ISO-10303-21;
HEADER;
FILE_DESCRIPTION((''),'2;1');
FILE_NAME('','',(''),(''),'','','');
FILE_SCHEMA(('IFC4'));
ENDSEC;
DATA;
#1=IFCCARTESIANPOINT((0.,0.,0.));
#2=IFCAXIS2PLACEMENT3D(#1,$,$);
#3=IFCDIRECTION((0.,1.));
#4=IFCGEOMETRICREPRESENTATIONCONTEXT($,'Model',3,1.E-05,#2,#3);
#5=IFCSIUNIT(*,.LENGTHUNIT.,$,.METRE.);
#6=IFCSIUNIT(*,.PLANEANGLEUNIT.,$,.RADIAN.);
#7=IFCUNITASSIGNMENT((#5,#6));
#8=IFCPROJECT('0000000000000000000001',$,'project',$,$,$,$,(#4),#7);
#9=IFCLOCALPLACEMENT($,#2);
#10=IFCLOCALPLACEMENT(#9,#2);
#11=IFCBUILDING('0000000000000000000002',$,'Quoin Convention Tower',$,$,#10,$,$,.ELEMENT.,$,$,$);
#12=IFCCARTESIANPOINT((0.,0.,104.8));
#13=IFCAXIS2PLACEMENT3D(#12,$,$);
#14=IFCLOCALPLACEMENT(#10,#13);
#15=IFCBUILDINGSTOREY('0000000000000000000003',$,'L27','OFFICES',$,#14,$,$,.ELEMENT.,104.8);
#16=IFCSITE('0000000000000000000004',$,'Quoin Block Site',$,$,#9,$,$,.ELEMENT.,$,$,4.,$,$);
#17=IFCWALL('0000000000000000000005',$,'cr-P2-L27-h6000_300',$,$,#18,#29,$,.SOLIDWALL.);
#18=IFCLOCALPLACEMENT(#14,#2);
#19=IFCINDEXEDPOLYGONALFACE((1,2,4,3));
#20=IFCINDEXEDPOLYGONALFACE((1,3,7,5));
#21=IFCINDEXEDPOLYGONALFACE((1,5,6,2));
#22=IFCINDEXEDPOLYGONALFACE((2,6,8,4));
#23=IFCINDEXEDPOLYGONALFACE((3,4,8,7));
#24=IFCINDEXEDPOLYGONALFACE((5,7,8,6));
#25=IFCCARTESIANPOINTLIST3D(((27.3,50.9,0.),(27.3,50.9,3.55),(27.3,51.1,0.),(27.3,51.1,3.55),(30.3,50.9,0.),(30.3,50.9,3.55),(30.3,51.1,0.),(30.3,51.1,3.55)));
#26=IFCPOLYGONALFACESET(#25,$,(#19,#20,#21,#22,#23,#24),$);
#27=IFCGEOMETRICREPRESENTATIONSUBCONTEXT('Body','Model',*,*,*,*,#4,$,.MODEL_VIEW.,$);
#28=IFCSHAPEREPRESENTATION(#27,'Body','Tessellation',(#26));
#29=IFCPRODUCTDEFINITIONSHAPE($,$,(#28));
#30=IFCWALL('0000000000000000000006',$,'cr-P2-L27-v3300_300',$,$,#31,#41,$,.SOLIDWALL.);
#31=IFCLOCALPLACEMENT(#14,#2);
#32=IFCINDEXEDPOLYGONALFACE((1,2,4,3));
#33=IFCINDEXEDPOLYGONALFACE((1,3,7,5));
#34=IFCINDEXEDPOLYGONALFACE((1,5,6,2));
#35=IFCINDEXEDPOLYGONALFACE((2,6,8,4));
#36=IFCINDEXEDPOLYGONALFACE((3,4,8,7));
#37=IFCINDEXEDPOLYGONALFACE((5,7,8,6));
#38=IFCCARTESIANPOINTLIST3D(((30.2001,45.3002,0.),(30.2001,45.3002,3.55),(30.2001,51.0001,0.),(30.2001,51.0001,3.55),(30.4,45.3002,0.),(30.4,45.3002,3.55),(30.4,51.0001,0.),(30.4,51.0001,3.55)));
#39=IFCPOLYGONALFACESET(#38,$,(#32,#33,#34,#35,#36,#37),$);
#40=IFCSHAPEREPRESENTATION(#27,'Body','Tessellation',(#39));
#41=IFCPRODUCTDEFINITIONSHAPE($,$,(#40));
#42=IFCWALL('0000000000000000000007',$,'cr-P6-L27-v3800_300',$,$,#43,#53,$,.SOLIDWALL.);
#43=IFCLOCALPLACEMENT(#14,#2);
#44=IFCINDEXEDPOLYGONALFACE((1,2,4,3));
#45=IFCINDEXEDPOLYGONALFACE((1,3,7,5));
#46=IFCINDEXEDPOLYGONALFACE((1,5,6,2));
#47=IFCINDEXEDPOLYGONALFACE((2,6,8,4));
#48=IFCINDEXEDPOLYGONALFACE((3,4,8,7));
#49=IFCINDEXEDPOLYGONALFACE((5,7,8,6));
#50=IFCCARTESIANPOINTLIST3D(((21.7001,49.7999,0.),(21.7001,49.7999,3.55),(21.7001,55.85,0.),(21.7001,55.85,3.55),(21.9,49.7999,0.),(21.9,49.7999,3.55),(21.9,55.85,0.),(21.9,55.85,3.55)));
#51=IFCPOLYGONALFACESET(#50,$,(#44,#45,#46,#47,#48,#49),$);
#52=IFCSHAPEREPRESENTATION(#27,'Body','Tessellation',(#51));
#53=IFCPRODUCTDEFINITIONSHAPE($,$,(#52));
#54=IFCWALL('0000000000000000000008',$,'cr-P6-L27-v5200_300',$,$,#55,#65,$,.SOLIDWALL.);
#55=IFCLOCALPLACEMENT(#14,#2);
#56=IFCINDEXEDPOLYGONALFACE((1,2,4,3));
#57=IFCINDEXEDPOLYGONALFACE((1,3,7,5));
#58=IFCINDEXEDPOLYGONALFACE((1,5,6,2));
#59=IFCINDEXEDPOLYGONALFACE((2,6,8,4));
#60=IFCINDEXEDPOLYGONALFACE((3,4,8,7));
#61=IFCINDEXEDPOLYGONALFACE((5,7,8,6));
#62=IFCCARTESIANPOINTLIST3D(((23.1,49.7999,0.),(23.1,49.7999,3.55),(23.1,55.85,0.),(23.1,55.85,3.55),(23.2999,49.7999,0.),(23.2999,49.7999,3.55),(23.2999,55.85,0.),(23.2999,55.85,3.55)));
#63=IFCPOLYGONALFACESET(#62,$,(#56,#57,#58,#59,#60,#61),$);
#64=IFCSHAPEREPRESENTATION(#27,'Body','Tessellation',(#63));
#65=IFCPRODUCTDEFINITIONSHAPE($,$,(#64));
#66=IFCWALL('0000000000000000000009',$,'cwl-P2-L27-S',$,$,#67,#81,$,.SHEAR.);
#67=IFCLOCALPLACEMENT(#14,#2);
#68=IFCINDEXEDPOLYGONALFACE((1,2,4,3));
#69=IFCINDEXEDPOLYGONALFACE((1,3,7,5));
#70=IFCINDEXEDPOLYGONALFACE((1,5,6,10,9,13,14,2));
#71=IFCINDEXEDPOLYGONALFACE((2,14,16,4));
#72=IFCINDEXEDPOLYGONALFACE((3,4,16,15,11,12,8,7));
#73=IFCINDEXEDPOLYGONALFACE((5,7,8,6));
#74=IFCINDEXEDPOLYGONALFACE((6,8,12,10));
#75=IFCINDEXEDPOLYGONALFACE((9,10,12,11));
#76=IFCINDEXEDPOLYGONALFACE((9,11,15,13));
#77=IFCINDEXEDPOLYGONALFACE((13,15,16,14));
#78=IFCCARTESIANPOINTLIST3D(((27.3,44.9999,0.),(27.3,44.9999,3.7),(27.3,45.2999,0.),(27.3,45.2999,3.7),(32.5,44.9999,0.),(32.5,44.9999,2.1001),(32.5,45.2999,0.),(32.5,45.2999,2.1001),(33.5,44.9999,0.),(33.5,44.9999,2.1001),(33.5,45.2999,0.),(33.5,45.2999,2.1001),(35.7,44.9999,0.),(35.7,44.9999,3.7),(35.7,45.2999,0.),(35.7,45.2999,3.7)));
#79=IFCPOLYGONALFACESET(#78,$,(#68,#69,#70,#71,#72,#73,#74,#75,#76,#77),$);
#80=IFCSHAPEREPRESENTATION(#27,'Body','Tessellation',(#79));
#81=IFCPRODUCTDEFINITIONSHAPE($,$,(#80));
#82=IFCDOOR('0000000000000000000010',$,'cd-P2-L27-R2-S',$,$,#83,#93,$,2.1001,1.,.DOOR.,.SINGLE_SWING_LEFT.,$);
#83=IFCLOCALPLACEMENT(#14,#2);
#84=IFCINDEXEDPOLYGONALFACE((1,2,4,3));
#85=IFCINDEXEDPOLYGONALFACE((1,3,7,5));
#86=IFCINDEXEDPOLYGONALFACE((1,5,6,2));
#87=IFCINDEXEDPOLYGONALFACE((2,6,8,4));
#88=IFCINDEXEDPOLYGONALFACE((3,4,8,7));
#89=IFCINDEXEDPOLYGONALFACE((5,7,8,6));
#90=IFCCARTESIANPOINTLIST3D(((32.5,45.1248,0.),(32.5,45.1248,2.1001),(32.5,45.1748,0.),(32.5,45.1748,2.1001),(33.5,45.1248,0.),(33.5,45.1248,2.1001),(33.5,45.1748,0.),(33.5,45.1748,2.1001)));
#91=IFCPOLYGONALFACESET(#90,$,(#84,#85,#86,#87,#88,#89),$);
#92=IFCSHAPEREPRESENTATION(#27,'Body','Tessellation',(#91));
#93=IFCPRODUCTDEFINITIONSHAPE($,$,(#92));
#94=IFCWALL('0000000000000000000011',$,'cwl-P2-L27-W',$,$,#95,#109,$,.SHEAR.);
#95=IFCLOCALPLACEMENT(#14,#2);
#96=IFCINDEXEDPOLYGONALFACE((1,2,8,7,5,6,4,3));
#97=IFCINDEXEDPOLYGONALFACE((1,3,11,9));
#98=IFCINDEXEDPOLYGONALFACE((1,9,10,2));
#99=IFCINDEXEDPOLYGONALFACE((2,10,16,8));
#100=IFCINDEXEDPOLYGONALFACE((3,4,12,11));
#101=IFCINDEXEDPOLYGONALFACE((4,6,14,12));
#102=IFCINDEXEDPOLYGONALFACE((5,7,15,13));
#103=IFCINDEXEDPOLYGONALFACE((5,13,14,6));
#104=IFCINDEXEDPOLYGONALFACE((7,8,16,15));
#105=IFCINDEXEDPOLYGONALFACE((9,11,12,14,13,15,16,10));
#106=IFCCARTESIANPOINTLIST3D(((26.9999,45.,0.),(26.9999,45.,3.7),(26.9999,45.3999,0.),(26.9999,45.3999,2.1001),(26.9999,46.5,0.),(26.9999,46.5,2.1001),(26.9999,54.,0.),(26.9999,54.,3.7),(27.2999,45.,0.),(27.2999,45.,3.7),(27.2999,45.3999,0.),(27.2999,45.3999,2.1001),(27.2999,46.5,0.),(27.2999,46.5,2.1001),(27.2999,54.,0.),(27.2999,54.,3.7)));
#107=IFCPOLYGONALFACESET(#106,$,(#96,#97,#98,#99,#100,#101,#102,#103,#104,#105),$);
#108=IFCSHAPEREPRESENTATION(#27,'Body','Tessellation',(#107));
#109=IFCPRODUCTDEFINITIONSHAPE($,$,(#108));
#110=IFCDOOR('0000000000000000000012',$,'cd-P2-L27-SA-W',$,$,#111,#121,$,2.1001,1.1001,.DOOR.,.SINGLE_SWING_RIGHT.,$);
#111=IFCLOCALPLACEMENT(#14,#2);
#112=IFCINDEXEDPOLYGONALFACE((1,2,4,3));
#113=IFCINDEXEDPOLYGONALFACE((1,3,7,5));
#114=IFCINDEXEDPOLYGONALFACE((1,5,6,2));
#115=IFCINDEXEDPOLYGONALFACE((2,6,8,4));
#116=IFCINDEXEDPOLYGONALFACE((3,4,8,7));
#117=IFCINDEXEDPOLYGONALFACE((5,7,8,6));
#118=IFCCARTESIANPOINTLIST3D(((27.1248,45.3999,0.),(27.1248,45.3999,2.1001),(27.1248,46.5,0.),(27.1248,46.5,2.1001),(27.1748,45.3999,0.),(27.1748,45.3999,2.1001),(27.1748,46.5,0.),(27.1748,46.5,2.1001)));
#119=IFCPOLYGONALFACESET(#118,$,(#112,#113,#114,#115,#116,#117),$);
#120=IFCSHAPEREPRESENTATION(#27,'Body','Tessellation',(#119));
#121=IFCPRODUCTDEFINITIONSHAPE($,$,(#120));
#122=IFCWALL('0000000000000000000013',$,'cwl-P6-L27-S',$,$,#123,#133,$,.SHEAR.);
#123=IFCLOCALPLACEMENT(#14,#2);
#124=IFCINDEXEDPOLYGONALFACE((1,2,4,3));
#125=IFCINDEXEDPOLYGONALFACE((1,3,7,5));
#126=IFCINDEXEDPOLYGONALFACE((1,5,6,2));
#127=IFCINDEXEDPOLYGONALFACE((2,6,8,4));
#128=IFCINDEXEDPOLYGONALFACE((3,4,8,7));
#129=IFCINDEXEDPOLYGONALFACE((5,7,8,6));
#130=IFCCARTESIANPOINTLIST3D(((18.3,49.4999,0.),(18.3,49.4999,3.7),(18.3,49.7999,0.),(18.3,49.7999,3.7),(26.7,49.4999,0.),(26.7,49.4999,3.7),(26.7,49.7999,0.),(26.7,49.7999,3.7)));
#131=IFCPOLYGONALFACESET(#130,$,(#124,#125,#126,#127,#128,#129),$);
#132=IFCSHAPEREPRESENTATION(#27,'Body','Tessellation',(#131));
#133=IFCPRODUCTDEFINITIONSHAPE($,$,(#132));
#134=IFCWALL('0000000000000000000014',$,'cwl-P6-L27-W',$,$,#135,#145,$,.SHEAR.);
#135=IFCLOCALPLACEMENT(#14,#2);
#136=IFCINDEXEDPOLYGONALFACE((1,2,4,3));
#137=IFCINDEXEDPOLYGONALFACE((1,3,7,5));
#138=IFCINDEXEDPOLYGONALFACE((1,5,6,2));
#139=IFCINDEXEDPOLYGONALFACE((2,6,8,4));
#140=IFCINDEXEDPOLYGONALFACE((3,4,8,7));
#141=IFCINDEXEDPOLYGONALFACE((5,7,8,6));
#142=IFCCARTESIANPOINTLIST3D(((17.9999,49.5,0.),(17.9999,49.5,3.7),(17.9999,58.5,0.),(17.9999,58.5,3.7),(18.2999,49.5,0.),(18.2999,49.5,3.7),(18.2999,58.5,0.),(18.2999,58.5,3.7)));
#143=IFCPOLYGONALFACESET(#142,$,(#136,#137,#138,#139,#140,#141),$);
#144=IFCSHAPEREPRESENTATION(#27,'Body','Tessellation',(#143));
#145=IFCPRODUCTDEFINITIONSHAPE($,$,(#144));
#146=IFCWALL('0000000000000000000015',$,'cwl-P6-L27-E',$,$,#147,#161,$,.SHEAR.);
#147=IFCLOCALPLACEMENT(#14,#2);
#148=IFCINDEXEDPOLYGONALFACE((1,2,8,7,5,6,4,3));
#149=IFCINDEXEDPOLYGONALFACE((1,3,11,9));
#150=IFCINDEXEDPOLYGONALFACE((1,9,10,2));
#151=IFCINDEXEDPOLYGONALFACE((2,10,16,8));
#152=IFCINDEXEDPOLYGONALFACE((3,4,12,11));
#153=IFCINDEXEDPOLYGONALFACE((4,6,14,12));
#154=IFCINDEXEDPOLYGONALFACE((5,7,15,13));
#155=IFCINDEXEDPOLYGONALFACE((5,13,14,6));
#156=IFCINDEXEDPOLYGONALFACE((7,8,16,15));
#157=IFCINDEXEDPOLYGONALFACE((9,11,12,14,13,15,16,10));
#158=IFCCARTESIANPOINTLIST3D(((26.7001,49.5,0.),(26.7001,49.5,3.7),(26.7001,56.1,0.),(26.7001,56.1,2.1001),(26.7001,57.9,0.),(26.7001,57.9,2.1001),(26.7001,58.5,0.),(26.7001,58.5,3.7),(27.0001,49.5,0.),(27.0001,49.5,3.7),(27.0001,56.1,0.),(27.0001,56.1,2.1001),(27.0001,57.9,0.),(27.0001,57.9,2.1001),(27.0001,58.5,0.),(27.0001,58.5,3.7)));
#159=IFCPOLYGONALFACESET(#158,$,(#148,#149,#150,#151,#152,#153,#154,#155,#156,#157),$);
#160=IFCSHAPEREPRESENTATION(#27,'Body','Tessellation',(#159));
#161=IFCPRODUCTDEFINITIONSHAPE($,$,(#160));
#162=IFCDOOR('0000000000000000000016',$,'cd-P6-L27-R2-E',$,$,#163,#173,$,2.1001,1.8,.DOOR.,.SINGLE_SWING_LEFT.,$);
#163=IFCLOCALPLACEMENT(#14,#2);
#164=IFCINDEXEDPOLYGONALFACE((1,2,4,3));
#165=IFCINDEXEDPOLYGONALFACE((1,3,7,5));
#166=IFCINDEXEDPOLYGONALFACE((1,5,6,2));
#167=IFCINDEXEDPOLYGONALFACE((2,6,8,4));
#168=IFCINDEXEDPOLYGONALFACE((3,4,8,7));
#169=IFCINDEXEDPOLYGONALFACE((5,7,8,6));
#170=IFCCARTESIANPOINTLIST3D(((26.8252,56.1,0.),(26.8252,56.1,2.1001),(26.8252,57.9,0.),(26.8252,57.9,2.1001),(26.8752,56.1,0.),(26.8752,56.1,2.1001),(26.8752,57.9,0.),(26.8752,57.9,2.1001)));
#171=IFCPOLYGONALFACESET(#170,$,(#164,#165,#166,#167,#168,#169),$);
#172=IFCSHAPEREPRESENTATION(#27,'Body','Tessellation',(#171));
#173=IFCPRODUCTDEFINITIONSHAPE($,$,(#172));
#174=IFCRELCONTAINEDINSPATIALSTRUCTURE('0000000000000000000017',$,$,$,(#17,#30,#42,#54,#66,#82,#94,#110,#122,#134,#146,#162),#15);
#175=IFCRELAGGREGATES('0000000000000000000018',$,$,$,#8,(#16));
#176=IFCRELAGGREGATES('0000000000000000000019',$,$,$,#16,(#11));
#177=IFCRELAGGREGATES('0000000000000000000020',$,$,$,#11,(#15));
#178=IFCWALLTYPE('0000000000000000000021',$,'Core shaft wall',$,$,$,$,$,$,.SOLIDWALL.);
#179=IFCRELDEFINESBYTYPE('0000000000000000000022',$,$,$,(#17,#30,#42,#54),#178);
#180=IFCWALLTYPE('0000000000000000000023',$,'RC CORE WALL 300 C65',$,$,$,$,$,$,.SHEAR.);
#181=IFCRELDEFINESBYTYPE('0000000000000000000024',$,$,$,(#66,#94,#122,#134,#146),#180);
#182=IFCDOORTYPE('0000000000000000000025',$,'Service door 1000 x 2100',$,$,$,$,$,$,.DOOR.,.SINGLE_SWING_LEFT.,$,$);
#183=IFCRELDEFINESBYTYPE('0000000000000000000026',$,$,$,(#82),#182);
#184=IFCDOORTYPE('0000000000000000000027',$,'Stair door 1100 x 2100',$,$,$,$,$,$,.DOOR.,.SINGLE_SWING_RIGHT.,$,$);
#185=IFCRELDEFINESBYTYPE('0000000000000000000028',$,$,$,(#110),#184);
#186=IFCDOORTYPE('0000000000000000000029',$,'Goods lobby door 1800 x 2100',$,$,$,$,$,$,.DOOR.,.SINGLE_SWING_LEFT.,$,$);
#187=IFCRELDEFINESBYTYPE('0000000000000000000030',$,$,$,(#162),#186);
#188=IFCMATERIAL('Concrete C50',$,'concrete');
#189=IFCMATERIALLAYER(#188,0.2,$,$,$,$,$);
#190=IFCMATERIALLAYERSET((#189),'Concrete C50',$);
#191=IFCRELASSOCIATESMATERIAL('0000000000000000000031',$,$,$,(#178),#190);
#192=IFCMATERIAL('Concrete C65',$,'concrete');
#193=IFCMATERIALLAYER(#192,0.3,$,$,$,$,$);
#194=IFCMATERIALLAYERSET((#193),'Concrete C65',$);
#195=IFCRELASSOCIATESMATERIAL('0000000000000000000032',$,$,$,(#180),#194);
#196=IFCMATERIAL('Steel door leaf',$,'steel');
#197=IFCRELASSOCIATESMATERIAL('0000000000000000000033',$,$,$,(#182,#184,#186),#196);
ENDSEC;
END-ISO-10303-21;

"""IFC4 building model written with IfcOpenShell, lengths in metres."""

from ifc_helpers import new_model, si_unit, direction, frame, frame_2d, origin, place, context, subcontext, project, spatial, rectangle, extrude, material, layer, layer_set, type_object, element, fill, save


model = new_model("IFC4")

# Units and contexts
model_context = context("Model", 3, precision=1e-05, world=origin(), true_north=direction((0.0, 1.0)))
body_context = subcontext(model_context, "Body", "Model", "MODEL_VIEW")
ifc_project = project(units=[si_unit("LENGTHUNIT", "METRE"), si_unit("PLANEANGLEUNIT", "RADIAN")], contexts=[model_context])

# Site, building, storey
site_placement = place(None, origin())
site = spatial("IfcSite", under=ifc_project, at=site_placement, Name="Quoin Block Site", CompositionType="ELEMENT", RefElevation=4.0)
building_placement = place(site_placement, origin())
building = spatial("IfcBuilding", under=site, at=building_placement, Name="Quoin Convention Tower", CompositionType="ELEMENT")
storey_placement = place(building_placement, frame((0.0, 0.0, 104.8)))
storey = spatial("IfcBuildingStorey", under=building, at=storey_placement, Name="L27", Description="OFFICES", CompositionType="ELEMENT", Elevation=104.8)

# Shared definitions
ifc_material_1 = material(Name="Concrete C65", Category="concrete")

# Walls
ifc_material_2 = material(Name="Concrete C50", Category="concrete")
ifc_layer_1 = layer(ifc_material_2, 0.2)
ifc_layer_set_1 = layer_set([ifc_layer_1], Name="Concrete C50")
wall_type_1 = type_object("IfcWallType", Name="Core shaft wall", PredefinedType="SOLIDWALL", material=ifc_layer_set_1)
wall_1_placement = place(storey_placement, frame((27.3, 51.0, 0.0), z_axis=(0.0, 0.0, 1.0), x_axis=(1.0, 0.0, 0.0)))
element("IfcWall", 1, at=wall_1_placement, inside=storey, type_object=wall_type_1, Name="cr-P2-L27-h6000_300", PredefinedType="SOLIDWALL", context=body_context, shape_type="SweptSolid", body=[
    extrude(rectangle(XDim=3.0, YDim=0.2, at=frame_2d((1.5, 0.0))), origin(), (0.0, 0.0, 1.0), 3.55),
])
wall_2_placement = place(storey_placement, frame((30.3, 45.3, 0.0), z_axis=(0.0, 0.0, 1.0), x_axis=(0.0, 1.0, 0.0)))
element("IfcWall", 2, at=wall_2_placement, inside=storey, type_object=wall_type_1, Name="cr-P2-L27-v3300_300", PredefinedType="SOLIDWALL", context=body_context, shape_type="SweptSolid", body=[
    extrude(rectangle(XDim=5.7, YDim=0.2, at=frame_2d((2.8501, 0.0))), origin(), (0.0, 0.0, 1.0), 3.55),
])
for number, where, z_axis, x_axis, name in (
    (3, (21.8, 49.8, 0.0), (0.0, 0.0, 1.0), (0.0, 1.0, 0.0), "cr-P6-L27-v3800_300"),
    (4, (23.2, 49.8, 0.0), (0.0, 0.0, 1.0), (0.0, 1.0, 0.0), "cr-P6-L27-v5200_300"),
):
    element("IfcWall", number, at=place(storey_placement, frame(where, z_axis=z_axis, x_axis=x_axis)), inside=storey, type_object=wall_type_1, Name=name, PredefinedType="SOLIDWALL", context=body_context, shape_type="SweptSolid", body=[
        extrude(rectangle(XDim=6.05, YDim=0.2, at=frame_2d((3.0249, 0.0))), origin(), (0.0, 0.0, 1.0), 3.55),
    ])

# Walls, openings, doors
ifc_layer_2 = layer(ifc_material_1, 0.3)
ifc_layer_set_2 = layer_set([ifc_layer_2], Name="Concrete C65")
wall_type_2 = type_object("IfcWallType", Name="RC CORE WALL 300 C65", PredefinedType="SHEAR", material=ifc_layer_set_2)
wall_3_placement = place(storey_placement, frame((27.3, 45.1499, 0.0), z_axis=(0.0, 0.0, 1.0), x_axis=(1.0, 0.0, 0.0)))
wall_3 = element("IfcWall", 5, at=wall_3_placement, inside=storey, type_object=wall_type_2, Name="cwl-P2-L27-S", PredefinedType="SHEAR", context=body_context, shape_type="SweptSolid", body=[
    extrude(rectangle(XDim=8.3999, YDim=0.3, at=frame_2d((4.2, 0.0))), origin(), (0.0, 0.0, 1.0), 3.7),
])
opening_1_placement = place(wall_3_placement, frame((5.2, 0.0, 0.0)))
opening_1 = element("IfcOpeningElement", 6, at=opening_1_placement, cuts=wall_3, PredefinedType="OPENING", context=body_context, shape_type="SweptSolid", body=[
    extrude(rectangle(XDim=1.0, YDim=2.1001, at=frame_2d((0.5, 1.05))), frame((0.0, 0.1599, 0.0), z_axis=(0.0, -1.0, 0.0), x_axis=(1.0, 0.0, 0.0)), (0.0, 0.0, 1.0), 0.3201),
])
ifc_material_3 = material(Name="Steel door leaf", Category="steel")
door_type_1 = type_object("IfcDoorType", Name="Service door 1000 x 2100", OperationType="SINGLE_SWING_LEFT", PredefinedType="DOOR", material=ifc_material_3)
door_1_placement = place(opening_1_placement, origin())
door_1 = element("IfcDoor", 7, at=door_1_placement, inside=storey, type_object=door_type_1, Name="cd-P2-L27-R2-S", OperationType="SINGLE_SWING_LEFT", OverallHeight=2.1001, OverallWidth=1.0, PredefinedType="DOOR", context=body_context, shape_type="SweptSolid", body=[
    extrude(rectangle(XDim=1.0, YDim=2.1001, at=frame_2d((0.5, 1.05))), frame((0.0, 0.0249, 0.0), z_axis=(0.0, -1.0, 0.0), x_axis=(1.0, 0.0, 0.0)), (0.0, 0.0, 1.0), 0.05),
])
fill(opening_1, door_1)
wall_4_placement = place(storey_placement, frame((27.1499, 45.0, 0.0), z_axis=(0.0, 0.0, 1.0), x_axis=(0.0, 1.0, 0.0)))
wall_4 = element("IfcWall", 8, at=wall_4_placement, inside=storey, type_object=wall_type_2, Name="cwl-P2-L27-W", PredefinedType="SHEAR", context=body_context, shape_type="SweptSolid", body=[
    extrude(rectangle(XDim=9.0, YDim=0.3, at=frame_2d((4.5, 0.0))), origin(), (0.0, 0.0, 1.0), 3.7),
])
opening_2_placement = place(wall_4_placement, frame((0.3999, 0.0, 0.0)))
opening_2 = element("IfcOpeningElement", 9, at=opening_2_placement, cuts=wall_4, PredefinedType="OPENING", context=body_context, shape_type="SweptSolid", body=[
    extrude(rectangle(XDim=1.1001, YDim=2.1001, at=frame_2d((0.55, 1.05))), frame((0.0, 0.1599, 0.0), z_axis=(0.0, -1.0, 0.0), x_axis=(1.0, 0.0, 0.0)), (0.0, 0.0, 1.0), 0.3201),
])
door_type_2 = type_object("IfcDoorType", Name="Stair door 1100 x 2100", OperationType="SINGLE_SWING_RIGHT", PredefinedType="DOOR", material=ifc_material_3)
door_2_placement = place(opening_2_placement, frame((1.1001, 0.0, 0.0), z_axis=(0.0, 0.0, 1.0), x_axis=(-1.0, 0.0, 0.0)))
door_2 = element("IfcDoor", 10, at=door_2_placement, inside=storey, type_object=door_type_2, Name="cd-P2-L27-SA-W", OperationType="SINGLE_SWING_RIGHT", OverallHeight=2.1001, OverallWidth=1.1001, PredefinedType="DOOR", context=body_context, shape_type="SweptSolid", body=[
    extrude(rectangle(XDim=1.1001, YDim=2.1001, at=frame_2d((0.55, 1.05))), frame((0.0, 0.0249, 0.0), z_axis=(0.0, -1.0, 0.0), x_axis=(1.0, 0.0, 0.0)), (0.0, 0.0, 1.0), 0.05),
])
fill(opening_2, door_2)

# Walls
wall_5_placement = place(storey_placement, frame((18.3, 49.6499, 0.0), z_axis=(0.0, 0.0, 1.0), x_axis=(1.0, 0.0, 0.0)))
element("IfcWall", 11, at=wall_5_placement, inside=storey, type_object=wall_type_2, Name="cwl-P6-L27-S", PredefinedType="SHEAR", context=body_context, shape_type="SweptSolid", body=[
    extrude(rectangle(XDim=8.3999, YDim=0.3, at=frame_2d((4.2, 0.0))), origin(), (0.0, 0.0, 1.0), 3.7),
])
wall_6_placement = place(storey_placement, frame((18.1499, 49.5, 0.0), z_axis=(0.0, 0.0, 1.0), x_axis=(0.0, 1.0, 0.0)))
element("IfcWall", 12, at=wall_6_placement, inside=storey, type_object=wall_type_2, Name="cwl-P6-L27-W", PredefinedType="SHEAR", context=body_context, shape_type="SweptSolid", body=[
    extrude(rectangle(XDim=9.0, YDim=0.3, at=frame_2d((4.5, 0.0))), origin(), (0.0, 0.0, 1.0), 3.7),
])

# Wall, opening, door
wall_7_placement = place(storey_placement, frame((26.8501, 49.5, 0.0), z_axis=(0.0, 0.0, 1.0), x_axis=(0.0, 1.0, 0.0)))
wall_7 = element("IfcWall", 13, at=wall_7_placement, inside=storey, type_object=wall_type_2, Name="cwl-P6-L27-E", PredefinedType="SHEAR", context=body_context, shape_type="SweptSolid", body=[
    extrude(rectangle(XDim=9.0, YDim=0.3, at=frame_2d((4.5, 0.0))), origin(), (0.0, 0.0, 1.0), 3.7),
])
opening_3_placement = place(wall_7_placement, frame((6.6001, 0.0, 0.0)))
opening_3 = element("IfcOpeningElement", 14, at=opening_3_placement, cuts=wall_7, PredefinedType="OPENING", context=body_context, shape_type="SweptSolid", body=[
    extrude(rectangle(XDim=1.8, YDim=2.1001, at=frame_2d((0.8999, 1.05))), frame((0.0, 0.1599, 0.0), z_axis=(0.0, -1.0, 0.0), x_axis=(1.0, 0.0, 0.0)), (0.0, 0.0, 1.0), 0.3201),
])
door_type_3 = type_object("IfcDoorType", Name="Goods lobby door 1800 x 2100", OperationType="SINGLE_SWING_LEFT", PredefinedType="DOOR", material=ifc_material_3)
door_3_placement = place(opening_3_placement, origin())
door_3 = element("IfcDoor", 15, at=door_3_placement, inside=storey, type_object=door_type_3, Name="cd-P6-L27-R2-E", OperationType="SINGLE_SWING_LEFT", OverallHeight=2.1001, OverallWidth=1.8, PredefinedType="DOOR", context=body_context, shape_type="SweptSolid", body=[
    extrude(rectangle(XDim=1.8, YDim=2.1001, at=frame_2d((0.8999, 1.05))), frame((0.0, 0.0249, 0.0), z_axis=(0.0, -1.0, 0.0), x_axis=(1.0, 0.0, 0.0)), (0.0, 0.0, 1.0), 0.05),
])
fill(opening_3, door_3)

save(model, "model.ifc")
